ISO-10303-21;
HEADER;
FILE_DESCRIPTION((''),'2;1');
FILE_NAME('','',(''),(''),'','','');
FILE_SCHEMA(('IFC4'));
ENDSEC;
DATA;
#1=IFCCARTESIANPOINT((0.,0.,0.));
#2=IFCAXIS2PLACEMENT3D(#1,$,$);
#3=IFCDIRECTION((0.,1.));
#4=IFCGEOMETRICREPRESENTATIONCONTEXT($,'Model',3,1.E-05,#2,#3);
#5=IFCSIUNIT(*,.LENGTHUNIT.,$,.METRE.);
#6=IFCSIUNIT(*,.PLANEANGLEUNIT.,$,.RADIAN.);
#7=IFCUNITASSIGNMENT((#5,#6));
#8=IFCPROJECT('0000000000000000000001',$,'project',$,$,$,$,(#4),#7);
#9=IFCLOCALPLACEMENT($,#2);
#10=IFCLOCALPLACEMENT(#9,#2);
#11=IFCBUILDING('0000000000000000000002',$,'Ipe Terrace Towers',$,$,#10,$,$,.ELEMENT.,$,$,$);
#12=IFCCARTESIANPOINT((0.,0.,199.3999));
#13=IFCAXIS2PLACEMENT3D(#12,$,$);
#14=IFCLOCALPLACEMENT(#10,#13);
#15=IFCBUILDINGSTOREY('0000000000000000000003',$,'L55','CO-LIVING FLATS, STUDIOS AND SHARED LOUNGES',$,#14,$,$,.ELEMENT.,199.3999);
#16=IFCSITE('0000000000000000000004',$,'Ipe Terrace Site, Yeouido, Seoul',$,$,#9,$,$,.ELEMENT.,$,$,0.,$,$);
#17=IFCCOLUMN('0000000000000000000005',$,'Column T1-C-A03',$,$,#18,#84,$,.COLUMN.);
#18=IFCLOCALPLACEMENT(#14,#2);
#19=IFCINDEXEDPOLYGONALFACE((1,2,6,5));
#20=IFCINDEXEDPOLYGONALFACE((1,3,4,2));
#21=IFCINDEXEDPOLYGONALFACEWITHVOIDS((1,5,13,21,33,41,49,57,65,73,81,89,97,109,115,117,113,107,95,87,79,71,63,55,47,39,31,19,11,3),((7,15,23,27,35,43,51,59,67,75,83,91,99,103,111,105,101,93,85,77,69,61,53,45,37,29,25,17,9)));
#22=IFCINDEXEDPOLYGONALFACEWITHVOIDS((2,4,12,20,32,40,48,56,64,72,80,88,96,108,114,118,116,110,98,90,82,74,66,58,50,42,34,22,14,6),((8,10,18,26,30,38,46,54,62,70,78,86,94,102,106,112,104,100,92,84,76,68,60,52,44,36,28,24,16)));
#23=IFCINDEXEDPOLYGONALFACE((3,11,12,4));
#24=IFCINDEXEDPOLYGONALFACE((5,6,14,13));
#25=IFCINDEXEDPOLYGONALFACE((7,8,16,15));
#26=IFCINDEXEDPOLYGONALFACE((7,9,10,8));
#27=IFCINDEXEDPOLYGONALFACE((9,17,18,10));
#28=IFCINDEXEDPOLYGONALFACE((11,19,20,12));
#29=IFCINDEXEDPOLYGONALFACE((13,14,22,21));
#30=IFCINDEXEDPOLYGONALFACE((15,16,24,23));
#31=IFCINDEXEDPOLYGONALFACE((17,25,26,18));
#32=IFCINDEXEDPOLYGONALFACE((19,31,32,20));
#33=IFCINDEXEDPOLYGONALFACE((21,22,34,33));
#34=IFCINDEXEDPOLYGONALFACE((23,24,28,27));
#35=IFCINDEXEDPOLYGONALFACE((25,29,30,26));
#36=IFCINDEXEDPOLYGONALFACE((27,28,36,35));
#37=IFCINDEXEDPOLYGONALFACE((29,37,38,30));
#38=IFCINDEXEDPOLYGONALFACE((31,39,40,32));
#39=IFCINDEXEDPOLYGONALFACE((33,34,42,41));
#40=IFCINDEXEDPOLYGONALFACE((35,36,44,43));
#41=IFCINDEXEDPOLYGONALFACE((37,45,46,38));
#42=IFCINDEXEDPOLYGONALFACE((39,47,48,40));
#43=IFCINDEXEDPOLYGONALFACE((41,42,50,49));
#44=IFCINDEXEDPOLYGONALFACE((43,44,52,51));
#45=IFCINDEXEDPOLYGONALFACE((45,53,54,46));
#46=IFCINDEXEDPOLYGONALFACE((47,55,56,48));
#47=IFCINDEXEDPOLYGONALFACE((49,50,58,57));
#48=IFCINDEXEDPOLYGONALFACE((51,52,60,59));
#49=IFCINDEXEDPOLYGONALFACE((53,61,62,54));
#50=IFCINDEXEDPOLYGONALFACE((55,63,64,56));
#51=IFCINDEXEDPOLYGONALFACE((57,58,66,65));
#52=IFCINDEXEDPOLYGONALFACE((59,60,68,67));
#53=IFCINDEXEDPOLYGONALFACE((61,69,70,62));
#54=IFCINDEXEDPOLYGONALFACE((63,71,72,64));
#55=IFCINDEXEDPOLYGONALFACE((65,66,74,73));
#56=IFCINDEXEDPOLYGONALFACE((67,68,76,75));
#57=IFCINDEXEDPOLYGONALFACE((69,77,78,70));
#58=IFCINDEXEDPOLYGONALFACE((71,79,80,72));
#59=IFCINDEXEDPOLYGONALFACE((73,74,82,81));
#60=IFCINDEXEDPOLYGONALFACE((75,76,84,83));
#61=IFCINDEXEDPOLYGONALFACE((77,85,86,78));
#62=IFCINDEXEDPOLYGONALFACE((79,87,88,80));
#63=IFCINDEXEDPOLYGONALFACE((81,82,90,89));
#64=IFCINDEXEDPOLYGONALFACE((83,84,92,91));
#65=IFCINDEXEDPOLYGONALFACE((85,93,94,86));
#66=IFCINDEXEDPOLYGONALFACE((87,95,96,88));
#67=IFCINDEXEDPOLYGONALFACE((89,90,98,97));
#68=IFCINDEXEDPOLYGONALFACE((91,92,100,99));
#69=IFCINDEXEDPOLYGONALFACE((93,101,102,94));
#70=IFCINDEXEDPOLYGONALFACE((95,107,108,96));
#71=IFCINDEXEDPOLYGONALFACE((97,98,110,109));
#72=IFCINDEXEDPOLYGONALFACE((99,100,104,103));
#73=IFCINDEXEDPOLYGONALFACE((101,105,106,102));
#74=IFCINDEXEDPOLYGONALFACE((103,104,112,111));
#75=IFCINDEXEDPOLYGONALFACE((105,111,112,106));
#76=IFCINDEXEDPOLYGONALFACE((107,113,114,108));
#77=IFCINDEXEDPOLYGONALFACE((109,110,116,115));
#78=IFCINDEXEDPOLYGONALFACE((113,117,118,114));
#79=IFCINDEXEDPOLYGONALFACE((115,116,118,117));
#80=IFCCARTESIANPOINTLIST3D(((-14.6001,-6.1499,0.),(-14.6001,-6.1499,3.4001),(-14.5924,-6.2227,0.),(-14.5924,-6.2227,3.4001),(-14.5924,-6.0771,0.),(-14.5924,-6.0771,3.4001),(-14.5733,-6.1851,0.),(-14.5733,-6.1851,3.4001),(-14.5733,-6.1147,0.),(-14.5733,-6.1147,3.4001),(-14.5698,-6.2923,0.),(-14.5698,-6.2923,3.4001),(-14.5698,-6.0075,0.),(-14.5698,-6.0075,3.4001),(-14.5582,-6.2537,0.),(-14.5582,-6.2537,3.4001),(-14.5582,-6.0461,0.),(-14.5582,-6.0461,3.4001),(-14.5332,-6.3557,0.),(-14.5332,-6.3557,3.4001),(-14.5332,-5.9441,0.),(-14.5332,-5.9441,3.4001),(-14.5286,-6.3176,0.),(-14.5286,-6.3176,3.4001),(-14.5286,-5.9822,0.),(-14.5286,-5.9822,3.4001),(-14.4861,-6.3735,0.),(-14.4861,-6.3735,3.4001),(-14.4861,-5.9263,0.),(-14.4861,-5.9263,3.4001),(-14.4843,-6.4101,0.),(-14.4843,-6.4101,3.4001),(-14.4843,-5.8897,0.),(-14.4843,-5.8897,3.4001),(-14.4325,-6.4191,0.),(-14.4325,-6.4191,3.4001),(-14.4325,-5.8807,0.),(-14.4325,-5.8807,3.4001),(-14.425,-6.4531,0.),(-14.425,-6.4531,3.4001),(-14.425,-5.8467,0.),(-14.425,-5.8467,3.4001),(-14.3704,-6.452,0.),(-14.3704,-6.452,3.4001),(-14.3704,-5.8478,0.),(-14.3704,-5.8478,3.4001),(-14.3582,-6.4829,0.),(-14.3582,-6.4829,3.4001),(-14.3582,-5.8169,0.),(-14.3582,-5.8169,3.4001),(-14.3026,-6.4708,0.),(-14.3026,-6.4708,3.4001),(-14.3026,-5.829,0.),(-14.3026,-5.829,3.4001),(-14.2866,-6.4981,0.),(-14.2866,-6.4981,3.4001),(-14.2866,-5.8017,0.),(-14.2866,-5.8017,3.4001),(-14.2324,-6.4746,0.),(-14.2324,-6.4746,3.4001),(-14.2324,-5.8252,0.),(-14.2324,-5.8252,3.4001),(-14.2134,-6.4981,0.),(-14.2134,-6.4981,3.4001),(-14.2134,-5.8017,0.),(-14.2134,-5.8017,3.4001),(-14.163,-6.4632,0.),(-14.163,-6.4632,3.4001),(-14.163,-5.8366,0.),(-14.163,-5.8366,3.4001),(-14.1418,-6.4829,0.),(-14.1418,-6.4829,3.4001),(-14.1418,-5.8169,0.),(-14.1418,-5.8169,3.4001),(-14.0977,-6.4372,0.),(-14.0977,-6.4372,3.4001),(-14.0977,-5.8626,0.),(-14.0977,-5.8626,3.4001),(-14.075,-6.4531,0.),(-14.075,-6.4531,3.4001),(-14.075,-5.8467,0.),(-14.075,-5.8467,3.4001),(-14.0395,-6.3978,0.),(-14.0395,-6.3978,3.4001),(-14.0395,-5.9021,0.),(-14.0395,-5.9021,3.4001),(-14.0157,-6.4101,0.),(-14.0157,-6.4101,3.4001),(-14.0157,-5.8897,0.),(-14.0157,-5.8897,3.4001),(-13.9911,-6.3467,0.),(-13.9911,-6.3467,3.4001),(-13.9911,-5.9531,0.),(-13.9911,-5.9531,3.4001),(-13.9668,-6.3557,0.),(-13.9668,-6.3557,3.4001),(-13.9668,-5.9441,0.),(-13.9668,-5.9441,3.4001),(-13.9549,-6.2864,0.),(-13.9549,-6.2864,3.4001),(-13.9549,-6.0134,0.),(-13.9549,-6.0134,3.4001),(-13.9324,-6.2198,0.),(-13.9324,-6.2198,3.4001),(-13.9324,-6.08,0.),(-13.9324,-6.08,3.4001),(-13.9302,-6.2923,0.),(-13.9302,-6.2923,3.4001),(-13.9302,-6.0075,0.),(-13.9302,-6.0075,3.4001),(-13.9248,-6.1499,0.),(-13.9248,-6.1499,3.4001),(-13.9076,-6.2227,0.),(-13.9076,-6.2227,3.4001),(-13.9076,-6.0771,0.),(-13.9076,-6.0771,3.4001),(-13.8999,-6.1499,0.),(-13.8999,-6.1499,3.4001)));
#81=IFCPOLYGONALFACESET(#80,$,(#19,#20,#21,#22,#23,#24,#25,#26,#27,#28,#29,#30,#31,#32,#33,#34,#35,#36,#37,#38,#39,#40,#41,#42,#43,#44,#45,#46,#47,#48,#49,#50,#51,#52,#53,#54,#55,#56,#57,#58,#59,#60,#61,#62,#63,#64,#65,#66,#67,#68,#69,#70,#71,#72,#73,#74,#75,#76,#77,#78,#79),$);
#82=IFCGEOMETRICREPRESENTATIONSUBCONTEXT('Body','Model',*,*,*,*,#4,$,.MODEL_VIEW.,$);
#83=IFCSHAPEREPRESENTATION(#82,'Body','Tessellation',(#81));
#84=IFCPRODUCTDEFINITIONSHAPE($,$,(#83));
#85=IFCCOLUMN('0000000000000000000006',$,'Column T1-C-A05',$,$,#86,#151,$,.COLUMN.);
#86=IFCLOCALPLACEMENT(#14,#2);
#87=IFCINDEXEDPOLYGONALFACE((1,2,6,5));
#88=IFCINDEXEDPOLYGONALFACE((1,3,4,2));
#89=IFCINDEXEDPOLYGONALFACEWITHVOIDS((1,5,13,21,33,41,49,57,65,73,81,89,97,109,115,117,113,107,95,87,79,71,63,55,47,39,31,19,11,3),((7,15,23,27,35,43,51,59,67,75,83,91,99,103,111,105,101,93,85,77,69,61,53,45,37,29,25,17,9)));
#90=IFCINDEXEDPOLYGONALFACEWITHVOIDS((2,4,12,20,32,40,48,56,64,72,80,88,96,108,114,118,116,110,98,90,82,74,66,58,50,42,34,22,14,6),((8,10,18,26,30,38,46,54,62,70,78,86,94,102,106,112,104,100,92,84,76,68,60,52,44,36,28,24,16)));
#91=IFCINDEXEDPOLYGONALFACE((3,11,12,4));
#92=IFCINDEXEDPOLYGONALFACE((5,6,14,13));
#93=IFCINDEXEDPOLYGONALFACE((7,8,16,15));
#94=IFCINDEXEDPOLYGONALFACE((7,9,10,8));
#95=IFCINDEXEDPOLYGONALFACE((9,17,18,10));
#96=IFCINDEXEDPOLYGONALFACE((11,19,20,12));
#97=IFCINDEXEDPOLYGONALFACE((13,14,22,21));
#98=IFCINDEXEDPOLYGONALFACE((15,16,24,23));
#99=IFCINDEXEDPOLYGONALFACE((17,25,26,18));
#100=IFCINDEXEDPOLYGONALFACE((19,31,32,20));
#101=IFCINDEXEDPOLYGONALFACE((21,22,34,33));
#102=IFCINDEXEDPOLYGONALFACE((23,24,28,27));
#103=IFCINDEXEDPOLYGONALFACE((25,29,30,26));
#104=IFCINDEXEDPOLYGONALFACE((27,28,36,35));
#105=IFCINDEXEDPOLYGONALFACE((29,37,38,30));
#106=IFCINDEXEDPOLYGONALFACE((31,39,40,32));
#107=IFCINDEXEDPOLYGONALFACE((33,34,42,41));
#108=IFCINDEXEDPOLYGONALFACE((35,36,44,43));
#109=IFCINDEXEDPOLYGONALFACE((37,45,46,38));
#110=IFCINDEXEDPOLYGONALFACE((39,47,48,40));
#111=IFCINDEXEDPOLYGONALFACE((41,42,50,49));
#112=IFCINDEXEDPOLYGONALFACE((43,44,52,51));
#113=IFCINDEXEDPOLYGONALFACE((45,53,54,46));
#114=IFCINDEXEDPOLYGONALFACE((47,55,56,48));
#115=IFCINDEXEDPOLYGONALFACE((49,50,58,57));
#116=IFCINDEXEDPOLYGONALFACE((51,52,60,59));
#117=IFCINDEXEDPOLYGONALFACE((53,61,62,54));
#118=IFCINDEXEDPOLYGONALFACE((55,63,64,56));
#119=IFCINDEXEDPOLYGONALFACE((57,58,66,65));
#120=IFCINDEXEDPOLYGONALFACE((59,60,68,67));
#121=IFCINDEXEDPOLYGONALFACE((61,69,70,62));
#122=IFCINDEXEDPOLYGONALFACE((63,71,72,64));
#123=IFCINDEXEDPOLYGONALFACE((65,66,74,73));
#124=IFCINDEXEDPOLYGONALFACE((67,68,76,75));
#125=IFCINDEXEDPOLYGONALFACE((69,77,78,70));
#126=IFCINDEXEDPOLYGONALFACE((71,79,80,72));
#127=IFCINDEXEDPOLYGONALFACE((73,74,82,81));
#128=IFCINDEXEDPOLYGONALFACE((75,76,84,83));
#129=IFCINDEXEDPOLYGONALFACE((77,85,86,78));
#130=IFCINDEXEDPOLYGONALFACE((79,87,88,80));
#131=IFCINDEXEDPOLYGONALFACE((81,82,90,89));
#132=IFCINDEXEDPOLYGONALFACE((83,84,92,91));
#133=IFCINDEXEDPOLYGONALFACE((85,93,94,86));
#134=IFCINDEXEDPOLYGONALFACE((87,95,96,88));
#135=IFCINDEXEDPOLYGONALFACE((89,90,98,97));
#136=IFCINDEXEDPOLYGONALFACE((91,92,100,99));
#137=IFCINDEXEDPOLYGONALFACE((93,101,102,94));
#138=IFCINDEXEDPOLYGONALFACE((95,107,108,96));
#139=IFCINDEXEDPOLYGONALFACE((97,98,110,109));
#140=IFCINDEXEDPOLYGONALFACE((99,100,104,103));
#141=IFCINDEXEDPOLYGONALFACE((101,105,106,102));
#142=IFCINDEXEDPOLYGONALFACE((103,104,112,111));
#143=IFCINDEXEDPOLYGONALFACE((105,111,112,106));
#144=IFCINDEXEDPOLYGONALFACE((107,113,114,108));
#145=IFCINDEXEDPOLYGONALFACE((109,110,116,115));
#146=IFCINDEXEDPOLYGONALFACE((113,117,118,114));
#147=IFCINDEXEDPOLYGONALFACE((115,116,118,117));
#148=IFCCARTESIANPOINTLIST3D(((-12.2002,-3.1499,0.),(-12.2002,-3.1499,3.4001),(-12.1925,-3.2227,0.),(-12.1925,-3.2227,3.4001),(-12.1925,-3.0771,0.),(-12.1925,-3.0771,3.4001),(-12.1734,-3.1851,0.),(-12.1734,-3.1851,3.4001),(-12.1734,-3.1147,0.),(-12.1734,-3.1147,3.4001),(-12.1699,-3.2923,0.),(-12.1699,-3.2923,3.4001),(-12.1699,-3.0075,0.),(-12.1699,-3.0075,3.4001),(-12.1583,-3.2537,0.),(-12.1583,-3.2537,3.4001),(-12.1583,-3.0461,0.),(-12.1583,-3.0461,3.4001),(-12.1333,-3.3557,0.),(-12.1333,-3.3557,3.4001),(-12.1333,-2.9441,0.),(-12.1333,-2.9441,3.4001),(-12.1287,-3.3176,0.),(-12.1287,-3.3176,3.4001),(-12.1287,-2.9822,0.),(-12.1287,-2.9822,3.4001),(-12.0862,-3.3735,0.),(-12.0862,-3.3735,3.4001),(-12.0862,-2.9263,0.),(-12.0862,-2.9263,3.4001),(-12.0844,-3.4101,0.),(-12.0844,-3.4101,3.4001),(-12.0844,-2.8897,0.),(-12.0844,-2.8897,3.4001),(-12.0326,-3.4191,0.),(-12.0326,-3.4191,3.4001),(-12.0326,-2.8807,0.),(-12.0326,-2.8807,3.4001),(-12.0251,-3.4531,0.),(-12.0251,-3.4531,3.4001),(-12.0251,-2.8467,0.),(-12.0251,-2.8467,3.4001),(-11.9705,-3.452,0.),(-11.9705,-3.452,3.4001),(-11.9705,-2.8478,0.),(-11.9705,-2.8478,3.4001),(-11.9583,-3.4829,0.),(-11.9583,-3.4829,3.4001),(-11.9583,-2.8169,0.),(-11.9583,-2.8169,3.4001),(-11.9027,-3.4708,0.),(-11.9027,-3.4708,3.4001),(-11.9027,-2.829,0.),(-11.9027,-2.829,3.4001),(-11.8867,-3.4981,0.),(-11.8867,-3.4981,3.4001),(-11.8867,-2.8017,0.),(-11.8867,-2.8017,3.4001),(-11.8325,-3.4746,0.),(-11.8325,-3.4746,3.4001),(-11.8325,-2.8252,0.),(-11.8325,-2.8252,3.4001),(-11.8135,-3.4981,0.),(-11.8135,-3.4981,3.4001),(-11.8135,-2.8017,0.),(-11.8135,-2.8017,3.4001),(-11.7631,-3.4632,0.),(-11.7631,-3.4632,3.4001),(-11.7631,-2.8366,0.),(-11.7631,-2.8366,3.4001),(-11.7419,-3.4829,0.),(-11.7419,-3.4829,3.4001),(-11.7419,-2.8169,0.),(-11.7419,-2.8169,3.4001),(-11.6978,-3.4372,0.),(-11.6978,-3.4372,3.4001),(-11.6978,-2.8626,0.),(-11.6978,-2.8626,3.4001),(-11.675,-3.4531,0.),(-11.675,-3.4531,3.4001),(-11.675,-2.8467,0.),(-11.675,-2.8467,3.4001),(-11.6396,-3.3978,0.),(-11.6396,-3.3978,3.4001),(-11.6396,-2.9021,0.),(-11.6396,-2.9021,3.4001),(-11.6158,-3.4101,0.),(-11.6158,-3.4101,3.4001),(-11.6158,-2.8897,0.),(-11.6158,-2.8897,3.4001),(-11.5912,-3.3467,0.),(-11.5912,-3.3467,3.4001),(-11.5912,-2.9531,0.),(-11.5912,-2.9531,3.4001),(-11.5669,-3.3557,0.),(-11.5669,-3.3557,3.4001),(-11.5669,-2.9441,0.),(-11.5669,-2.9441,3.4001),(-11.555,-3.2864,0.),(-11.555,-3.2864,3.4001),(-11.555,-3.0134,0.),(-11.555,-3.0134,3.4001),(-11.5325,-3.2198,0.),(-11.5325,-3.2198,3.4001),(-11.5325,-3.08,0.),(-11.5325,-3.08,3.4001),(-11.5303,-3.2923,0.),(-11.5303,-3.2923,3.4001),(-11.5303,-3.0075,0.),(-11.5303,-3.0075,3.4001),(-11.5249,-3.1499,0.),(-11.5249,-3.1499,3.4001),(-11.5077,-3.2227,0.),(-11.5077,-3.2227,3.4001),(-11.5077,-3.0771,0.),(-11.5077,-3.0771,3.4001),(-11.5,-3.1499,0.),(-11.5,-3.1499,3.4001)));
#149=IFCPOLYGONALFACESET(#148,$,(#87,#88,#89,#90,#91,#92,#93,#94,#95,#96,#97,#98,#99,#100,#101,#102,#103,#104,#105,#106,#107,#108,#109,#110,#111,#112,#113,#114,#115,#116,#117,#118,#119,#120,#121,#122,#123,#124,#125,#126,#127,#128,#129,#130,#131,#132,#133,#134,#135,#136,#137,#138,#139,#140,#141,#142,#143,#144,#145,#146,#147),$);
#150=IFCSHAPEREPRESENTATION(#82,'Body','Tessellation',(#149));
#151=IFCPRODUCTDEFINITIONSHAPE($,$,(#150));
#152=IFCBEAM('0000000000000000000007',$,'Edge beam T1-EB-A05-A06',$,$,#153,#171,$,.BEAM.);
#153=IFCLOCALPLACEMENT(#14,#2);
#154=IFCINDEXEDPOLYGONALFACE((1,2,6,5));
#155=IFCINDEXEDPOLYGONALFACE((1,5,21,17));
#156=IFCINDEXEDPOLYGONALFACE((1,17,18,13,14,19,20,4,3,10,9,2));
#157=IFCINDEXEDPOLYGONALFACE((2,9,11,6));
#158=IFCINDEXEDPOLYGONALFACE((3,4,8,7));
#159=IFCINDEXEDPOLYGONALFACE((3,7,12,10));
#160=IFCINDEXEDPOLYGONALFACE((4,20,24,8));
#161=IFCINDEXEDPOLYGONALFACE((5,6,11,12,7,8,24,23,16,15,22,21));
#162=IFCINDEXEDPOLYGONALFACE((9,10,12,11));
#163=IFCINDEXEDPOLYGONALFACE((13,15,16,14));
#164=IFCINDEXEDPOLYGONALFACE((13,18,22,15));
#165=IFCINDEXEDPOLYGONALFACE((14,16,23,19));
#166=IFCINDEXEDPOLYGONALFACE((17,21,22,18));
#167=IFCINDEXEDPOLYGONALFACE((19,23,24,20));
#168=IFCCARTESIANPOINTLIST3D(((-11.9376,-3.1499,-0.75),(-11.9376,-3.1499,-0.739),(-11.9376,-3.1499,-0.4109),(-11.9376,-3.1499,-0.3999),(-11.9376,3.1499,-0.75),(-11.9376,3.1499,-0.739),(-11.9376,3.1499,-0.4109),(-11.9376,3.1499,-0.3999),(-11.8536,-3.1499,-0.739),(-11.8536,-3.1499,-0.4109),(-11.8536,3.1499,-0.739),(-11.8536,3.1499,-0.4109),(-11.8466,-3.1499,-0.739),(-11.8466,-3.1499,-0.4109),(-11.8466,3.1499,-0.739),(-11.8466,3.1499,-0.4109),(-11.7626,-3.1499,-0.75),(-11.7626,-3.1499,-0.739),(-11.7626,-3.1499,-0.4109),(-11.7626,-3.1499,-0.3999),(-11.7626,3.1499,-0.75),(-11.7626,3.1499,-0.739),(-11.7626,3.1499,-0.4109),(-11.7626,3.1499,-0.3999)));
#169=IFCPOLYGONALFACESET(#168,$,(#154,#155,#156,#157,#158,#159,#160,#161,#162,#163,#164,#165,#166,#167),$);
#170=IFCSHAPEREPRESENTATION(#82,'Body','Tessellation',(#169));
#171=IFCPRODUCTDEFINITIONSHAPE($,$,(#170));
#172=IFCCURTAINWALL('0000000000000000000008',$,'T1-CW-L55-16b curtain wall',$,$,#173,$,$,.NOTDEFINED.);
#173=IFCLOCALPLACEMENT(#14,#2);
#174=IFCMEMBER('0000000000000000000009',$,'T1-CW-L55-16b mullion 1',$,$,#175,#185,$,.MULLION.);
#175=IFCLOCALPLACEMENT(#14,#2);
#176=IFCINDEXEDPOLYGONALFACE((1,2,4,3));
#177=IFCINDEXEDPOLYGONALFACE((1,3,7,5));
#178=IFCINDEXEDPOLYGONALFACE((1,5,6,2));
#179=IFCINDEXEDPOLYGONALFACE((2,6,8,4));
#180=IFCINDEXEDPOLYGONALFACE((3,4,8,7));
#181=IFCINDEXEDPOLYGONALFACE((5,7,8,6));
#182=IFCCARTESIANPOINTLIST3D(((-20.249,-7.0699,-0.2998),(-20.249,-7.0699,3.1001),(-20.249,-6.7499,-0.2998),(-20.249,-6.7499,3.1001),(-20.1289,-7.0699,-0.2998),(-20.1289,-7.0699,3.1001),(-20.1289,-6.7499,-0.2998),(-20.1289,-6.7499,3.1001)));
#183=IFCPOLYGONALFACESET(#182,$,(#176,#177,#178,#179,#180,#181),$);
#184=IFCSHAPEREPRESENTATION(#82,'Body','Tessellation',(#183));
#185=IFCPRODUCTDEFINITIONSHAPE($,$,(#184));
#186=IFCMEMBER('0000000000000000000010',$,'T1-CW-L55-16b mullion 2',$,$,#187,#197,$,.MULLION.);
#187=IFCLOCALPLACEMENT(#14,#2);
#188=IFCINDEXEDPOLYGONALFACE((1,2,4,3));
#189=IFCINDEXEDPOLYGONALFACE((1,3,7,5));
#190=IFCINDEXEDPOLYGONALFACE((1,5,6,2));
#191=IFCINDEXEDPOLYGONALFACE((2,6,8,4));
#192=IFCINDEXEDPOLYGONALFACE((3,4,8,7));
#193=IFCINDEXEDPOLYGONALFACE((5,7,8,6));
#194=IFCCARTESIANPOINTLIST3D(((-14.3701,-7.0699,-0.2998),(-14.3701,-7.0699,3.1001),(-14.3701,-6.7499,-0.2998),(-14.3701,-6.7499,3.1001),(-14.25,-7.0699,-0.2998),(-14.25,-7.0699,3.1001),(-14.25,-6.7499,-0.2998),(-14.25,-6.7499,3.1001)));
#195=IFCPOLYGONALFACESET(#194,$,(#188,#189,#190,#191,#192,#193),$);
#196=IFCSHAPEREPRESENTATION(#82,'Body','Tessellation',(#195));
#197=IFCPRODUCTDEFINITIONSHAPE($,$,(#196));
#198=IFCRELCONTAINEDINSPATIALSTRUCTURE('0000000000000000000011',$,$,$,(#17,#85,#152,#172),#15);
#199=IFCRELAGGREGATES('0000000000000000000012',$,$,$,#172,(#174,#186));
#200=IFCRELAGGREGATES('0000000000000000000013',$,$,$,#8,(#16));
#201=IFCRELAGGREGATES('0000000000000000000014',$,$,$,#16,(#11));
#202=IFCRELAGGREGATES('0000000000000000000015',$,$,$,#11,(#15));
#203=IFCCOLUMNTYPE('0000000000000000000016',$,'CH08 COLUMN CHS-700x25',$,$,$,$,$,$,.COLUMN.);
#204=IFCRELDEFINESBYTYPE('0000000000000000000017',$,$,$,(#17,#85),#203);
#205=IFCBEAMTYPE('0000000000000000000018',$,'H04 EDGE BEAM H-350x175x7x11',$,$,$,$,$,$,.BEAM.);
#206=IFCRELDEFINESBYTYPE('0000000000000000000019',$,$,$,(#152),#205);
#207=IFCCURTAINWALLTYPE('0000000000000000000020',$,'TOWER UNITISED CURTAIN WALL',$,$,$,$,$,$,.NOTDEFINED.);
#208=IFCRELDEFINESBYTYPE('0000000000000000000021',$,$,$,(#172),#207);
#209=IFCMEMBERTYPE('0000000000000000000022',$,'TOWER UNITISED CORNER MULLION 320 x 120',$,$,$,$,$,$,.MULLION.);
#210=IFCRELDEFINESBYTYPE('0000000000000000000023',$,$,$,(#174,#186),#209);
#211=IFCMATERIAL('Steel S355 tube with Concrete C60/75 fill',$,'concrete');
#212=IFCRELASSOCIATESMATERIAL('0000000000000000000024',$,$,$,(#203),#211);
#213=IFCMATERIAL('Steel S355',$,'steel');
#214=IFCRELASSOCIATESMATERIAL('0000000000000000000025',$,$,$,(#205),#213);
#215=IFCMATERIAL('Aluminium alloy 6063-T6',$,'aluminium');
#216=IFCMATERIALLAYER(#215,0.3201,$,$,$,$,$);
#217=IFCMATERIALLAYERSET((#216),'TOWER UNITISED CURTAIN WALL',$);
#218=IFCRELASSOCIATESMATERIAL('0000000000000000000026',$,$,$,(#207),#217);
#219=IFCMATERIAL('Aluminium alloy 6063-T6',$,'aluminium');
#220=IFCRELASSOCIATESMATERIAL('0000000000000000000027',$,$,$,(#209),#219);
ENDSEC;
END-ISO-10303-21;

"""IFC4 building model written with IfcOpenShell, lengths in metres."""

from ifc_helpers import new_model, si_unit, direction, frame, origin, origin_2d, place, context, subcontext, project, spatial, rectangle, hollow_circle, i_section, extrude, material, layer, layer_set, material_profile, profile_set, type_object, element, aggregate, save


model = new_model("IFC4")

# Units and contexts
model_context = context("Model", 3, precision=1e-05, world=origin(), true_north=direction((0.0, 1.0)))
body_context = subcontext(model_context, "Body", "Model", "MODEL_VIEW")
ifc_project = project(units=[si_unit("LENGTHUNIT", "METRE"), si_unit("PLANEANGLEUNIT", "RADIAN")], contexts=[model_context])

# Site, building, storey
site_placement = place(None, origin())
site = spatial("IfcSite", under=ifc_project, at=site_placement, Name="Ipe Terrace Site, Yeouido, Seoul", CompositionType="ELEMENT", RefElevation=0.0)
building_placement = place(site_placement, origin())
building = spatial("IfcBuilding", under=site, at=building_placement, Name="Ipe Terrace Towers", CompositionType="ELEMENT")
storey_placement = place(building_placement, frame((0.0, 0.0, 199.3999)))
storey = spatial("IfcBuildingStorey", under=building, at=storey_placement, Name="L55", Description="CO-LIVING FLATS, STUDIOS AND SHARED LOUNGES", CompositionType="ELEMENT", Elevation=199.3999)

# Columns
ifc_material_1 = material(Name="Steel S355 tube with Concrete C60/75 fill", Category="concrete")
ifc_material_profile_1 = material_profile(ifc_material_1, hollow_circle(Radius=0.3501, WallThickness=0.0249, at=origin_2d()), Name="CHS-700x25")
ifc_profile_set_1 = profile_set([ifc_material_profile_1], Name="Steel S355 tube with Concrete C60/75 fill")
column_type = type_object("IfcColumnType", Name="CH08 COLUMN CHS-700x25", PredefinedType="COLUMN", material=ifc_profile_set_1)
for number, where, z_axis, x_axis, name in (
    (1, (-14.25, -6.1499, 0.0), (0.0, 0.0, 1.0), (1.0, 0.0, 0.0), "Column T1-C-A03"),
    (2, (-11.8501, -3.1499, 0.0), (0.0, 0.0, 1.0), (1.0, 0.0, 0.0), "Column T1-C-A05"),
):
    element("IfcColumn", number, at=place(storey_placement, frame(where, z_axis=z_axis, x_axis=x_axis)), inside=storey, type_object=column_type, Name=name, PredefinedType="COLUMN", context=body_context, shape_type="SweptSolid", body=[
        extrude(hollow_circle(Radius=0.3501, WallThickness=0.0249, at=origin_2d()), origin(), (0.0, 0.0, 1.0), 3.4001),
    ])

# Beam
ifc_material_2 = material(Name="Steel S355", Category="steel")
ifc_material_profile_2 = material_profile(ifc_material_2, i_section(OverallWidth=0.175, OverallDepth=0.3501, WebThickness=0.0071, FlangeThickness=0.011, at=origin_2d()), Name="H-350x175x7x11")
ifc_profile_set_2 = profile_set([ifc_material_profile_2], Name="Steel S355")
beam_type = type_object("IfcBeamType", Name="H04 EDGE BEAM H-350x175x7x11", PredefinedType="BEAM", material=ifc_profile_set_2)
beam_placement = place(storey_placement, frame((-11.8501, -3.1499, -0.575), z_axis=(0.0, 1.0, 0.0), x_axis=(-1.0, 0.0, 0.0)))
element("IfcBeam", 3, at=beam_placement, inside=storey, type_object=beam_type, Name="Edge beam T1-EB-A05-A06", PredefinedType="BEAM", context=body_context, shape_type="SweptSolid", body=[
    extrude(i_section(OverallWidth=0.175, OverallDepth=0.3501, WebThickness=0.0071, FlangeThickness=0.011, at=origin_2d()), origin(), (0.0, 0.0, 1.0), 6.2998),
])

# Curtain wall, members
ifc_material_3 = material(Name="Aluminium alloy 6063-T6", Category="aluminium")
ifc_layer_1 = layer(ifc_material_3, 0.3201)
ifc_layer_set_1 = layer_set([ifc_layer_1], Name="TOWER UNITISED CURTAIN WALL")
curtain_wall_type = type_object("IfcCurtainWallType", Name="TOWER UNITISED CURTAIN WALL", PredefinedType="NOTDEFINED", material=ifc_layer_set_1)
curtain_wall_1_placement = place(storey_placement, origin())
curtain_wall_1 = element("IfcCurtainWall", 4, at=curtain_wall_1_placement, inside=storey, type_object=curtain_wall_type, Name="T1-CW-L55-16b curtain wall", PredefinedType="NOTDEFINED")
ifc_material_4 = material(Name="Aluminium alloy 6063-T6", Category="aluminium")
ifc_material_profile_3 = material_profile(ifc_material_4, rectangle(XDim=0.3201, YDim=0.1201, at=origin_2d()), Name="TOWER UNITISED CORNER MULLION 320 x 120")
ifc_profile_set_3 = profile_set([ifc_material_profile_3], Name="Aluminium alloy 6063-T6")
member_type_1 = type_object("IfcMemberType", Name="TOWER UNITISED CORNER MULLION 320 x 120", PredefinedType="MULLION", material=ifc_profile_set_3)
member_1_placement = place(storey_placement, frame((-20.189, -6.9099, -0.2998), z_axis=(0.0, 0.0, 1.0), x_axis=(0.0, -1.0, 0.0)))
member_1 = element("IfcMember", 5, at=member_1_placement, type_object=member_type_1, Name="T1-CW-L55-16b mullion 1", PredefinedType="MULLION", context=body_context, shape_type="SweptSolid", body=[
    extrude(rectangle(XDim=0.3201, YDim=0.1201, at=origin_2d()), origin(), (0.0, 0.0, 1.0), 3.3999),
])
member_2_placement = place(storey_placement, frame((-14.3101, -6.9099, -0.2998), z_axis=(0.0, 0.0, 1.0), x_axis=(0.0, -1.0, 0.0)))
member_2 = element("IfcMember", 6, at=member_2_placement, type_object=member_type_1, Name="T1-CW-L55-16b mullion 2", PredefinedType="MULLION", context=body_context, shape_type="SweptSolid", body=[
    extrude(rectangle(XDim=0.3201, YDim=0.1201, at=origin_2d()), origin(), (0.0, 0.0, 1.0), 3.3999),
])

aggregate(curtain_wall_1, [member_1, member_2])

save(model, "model.ifc")
